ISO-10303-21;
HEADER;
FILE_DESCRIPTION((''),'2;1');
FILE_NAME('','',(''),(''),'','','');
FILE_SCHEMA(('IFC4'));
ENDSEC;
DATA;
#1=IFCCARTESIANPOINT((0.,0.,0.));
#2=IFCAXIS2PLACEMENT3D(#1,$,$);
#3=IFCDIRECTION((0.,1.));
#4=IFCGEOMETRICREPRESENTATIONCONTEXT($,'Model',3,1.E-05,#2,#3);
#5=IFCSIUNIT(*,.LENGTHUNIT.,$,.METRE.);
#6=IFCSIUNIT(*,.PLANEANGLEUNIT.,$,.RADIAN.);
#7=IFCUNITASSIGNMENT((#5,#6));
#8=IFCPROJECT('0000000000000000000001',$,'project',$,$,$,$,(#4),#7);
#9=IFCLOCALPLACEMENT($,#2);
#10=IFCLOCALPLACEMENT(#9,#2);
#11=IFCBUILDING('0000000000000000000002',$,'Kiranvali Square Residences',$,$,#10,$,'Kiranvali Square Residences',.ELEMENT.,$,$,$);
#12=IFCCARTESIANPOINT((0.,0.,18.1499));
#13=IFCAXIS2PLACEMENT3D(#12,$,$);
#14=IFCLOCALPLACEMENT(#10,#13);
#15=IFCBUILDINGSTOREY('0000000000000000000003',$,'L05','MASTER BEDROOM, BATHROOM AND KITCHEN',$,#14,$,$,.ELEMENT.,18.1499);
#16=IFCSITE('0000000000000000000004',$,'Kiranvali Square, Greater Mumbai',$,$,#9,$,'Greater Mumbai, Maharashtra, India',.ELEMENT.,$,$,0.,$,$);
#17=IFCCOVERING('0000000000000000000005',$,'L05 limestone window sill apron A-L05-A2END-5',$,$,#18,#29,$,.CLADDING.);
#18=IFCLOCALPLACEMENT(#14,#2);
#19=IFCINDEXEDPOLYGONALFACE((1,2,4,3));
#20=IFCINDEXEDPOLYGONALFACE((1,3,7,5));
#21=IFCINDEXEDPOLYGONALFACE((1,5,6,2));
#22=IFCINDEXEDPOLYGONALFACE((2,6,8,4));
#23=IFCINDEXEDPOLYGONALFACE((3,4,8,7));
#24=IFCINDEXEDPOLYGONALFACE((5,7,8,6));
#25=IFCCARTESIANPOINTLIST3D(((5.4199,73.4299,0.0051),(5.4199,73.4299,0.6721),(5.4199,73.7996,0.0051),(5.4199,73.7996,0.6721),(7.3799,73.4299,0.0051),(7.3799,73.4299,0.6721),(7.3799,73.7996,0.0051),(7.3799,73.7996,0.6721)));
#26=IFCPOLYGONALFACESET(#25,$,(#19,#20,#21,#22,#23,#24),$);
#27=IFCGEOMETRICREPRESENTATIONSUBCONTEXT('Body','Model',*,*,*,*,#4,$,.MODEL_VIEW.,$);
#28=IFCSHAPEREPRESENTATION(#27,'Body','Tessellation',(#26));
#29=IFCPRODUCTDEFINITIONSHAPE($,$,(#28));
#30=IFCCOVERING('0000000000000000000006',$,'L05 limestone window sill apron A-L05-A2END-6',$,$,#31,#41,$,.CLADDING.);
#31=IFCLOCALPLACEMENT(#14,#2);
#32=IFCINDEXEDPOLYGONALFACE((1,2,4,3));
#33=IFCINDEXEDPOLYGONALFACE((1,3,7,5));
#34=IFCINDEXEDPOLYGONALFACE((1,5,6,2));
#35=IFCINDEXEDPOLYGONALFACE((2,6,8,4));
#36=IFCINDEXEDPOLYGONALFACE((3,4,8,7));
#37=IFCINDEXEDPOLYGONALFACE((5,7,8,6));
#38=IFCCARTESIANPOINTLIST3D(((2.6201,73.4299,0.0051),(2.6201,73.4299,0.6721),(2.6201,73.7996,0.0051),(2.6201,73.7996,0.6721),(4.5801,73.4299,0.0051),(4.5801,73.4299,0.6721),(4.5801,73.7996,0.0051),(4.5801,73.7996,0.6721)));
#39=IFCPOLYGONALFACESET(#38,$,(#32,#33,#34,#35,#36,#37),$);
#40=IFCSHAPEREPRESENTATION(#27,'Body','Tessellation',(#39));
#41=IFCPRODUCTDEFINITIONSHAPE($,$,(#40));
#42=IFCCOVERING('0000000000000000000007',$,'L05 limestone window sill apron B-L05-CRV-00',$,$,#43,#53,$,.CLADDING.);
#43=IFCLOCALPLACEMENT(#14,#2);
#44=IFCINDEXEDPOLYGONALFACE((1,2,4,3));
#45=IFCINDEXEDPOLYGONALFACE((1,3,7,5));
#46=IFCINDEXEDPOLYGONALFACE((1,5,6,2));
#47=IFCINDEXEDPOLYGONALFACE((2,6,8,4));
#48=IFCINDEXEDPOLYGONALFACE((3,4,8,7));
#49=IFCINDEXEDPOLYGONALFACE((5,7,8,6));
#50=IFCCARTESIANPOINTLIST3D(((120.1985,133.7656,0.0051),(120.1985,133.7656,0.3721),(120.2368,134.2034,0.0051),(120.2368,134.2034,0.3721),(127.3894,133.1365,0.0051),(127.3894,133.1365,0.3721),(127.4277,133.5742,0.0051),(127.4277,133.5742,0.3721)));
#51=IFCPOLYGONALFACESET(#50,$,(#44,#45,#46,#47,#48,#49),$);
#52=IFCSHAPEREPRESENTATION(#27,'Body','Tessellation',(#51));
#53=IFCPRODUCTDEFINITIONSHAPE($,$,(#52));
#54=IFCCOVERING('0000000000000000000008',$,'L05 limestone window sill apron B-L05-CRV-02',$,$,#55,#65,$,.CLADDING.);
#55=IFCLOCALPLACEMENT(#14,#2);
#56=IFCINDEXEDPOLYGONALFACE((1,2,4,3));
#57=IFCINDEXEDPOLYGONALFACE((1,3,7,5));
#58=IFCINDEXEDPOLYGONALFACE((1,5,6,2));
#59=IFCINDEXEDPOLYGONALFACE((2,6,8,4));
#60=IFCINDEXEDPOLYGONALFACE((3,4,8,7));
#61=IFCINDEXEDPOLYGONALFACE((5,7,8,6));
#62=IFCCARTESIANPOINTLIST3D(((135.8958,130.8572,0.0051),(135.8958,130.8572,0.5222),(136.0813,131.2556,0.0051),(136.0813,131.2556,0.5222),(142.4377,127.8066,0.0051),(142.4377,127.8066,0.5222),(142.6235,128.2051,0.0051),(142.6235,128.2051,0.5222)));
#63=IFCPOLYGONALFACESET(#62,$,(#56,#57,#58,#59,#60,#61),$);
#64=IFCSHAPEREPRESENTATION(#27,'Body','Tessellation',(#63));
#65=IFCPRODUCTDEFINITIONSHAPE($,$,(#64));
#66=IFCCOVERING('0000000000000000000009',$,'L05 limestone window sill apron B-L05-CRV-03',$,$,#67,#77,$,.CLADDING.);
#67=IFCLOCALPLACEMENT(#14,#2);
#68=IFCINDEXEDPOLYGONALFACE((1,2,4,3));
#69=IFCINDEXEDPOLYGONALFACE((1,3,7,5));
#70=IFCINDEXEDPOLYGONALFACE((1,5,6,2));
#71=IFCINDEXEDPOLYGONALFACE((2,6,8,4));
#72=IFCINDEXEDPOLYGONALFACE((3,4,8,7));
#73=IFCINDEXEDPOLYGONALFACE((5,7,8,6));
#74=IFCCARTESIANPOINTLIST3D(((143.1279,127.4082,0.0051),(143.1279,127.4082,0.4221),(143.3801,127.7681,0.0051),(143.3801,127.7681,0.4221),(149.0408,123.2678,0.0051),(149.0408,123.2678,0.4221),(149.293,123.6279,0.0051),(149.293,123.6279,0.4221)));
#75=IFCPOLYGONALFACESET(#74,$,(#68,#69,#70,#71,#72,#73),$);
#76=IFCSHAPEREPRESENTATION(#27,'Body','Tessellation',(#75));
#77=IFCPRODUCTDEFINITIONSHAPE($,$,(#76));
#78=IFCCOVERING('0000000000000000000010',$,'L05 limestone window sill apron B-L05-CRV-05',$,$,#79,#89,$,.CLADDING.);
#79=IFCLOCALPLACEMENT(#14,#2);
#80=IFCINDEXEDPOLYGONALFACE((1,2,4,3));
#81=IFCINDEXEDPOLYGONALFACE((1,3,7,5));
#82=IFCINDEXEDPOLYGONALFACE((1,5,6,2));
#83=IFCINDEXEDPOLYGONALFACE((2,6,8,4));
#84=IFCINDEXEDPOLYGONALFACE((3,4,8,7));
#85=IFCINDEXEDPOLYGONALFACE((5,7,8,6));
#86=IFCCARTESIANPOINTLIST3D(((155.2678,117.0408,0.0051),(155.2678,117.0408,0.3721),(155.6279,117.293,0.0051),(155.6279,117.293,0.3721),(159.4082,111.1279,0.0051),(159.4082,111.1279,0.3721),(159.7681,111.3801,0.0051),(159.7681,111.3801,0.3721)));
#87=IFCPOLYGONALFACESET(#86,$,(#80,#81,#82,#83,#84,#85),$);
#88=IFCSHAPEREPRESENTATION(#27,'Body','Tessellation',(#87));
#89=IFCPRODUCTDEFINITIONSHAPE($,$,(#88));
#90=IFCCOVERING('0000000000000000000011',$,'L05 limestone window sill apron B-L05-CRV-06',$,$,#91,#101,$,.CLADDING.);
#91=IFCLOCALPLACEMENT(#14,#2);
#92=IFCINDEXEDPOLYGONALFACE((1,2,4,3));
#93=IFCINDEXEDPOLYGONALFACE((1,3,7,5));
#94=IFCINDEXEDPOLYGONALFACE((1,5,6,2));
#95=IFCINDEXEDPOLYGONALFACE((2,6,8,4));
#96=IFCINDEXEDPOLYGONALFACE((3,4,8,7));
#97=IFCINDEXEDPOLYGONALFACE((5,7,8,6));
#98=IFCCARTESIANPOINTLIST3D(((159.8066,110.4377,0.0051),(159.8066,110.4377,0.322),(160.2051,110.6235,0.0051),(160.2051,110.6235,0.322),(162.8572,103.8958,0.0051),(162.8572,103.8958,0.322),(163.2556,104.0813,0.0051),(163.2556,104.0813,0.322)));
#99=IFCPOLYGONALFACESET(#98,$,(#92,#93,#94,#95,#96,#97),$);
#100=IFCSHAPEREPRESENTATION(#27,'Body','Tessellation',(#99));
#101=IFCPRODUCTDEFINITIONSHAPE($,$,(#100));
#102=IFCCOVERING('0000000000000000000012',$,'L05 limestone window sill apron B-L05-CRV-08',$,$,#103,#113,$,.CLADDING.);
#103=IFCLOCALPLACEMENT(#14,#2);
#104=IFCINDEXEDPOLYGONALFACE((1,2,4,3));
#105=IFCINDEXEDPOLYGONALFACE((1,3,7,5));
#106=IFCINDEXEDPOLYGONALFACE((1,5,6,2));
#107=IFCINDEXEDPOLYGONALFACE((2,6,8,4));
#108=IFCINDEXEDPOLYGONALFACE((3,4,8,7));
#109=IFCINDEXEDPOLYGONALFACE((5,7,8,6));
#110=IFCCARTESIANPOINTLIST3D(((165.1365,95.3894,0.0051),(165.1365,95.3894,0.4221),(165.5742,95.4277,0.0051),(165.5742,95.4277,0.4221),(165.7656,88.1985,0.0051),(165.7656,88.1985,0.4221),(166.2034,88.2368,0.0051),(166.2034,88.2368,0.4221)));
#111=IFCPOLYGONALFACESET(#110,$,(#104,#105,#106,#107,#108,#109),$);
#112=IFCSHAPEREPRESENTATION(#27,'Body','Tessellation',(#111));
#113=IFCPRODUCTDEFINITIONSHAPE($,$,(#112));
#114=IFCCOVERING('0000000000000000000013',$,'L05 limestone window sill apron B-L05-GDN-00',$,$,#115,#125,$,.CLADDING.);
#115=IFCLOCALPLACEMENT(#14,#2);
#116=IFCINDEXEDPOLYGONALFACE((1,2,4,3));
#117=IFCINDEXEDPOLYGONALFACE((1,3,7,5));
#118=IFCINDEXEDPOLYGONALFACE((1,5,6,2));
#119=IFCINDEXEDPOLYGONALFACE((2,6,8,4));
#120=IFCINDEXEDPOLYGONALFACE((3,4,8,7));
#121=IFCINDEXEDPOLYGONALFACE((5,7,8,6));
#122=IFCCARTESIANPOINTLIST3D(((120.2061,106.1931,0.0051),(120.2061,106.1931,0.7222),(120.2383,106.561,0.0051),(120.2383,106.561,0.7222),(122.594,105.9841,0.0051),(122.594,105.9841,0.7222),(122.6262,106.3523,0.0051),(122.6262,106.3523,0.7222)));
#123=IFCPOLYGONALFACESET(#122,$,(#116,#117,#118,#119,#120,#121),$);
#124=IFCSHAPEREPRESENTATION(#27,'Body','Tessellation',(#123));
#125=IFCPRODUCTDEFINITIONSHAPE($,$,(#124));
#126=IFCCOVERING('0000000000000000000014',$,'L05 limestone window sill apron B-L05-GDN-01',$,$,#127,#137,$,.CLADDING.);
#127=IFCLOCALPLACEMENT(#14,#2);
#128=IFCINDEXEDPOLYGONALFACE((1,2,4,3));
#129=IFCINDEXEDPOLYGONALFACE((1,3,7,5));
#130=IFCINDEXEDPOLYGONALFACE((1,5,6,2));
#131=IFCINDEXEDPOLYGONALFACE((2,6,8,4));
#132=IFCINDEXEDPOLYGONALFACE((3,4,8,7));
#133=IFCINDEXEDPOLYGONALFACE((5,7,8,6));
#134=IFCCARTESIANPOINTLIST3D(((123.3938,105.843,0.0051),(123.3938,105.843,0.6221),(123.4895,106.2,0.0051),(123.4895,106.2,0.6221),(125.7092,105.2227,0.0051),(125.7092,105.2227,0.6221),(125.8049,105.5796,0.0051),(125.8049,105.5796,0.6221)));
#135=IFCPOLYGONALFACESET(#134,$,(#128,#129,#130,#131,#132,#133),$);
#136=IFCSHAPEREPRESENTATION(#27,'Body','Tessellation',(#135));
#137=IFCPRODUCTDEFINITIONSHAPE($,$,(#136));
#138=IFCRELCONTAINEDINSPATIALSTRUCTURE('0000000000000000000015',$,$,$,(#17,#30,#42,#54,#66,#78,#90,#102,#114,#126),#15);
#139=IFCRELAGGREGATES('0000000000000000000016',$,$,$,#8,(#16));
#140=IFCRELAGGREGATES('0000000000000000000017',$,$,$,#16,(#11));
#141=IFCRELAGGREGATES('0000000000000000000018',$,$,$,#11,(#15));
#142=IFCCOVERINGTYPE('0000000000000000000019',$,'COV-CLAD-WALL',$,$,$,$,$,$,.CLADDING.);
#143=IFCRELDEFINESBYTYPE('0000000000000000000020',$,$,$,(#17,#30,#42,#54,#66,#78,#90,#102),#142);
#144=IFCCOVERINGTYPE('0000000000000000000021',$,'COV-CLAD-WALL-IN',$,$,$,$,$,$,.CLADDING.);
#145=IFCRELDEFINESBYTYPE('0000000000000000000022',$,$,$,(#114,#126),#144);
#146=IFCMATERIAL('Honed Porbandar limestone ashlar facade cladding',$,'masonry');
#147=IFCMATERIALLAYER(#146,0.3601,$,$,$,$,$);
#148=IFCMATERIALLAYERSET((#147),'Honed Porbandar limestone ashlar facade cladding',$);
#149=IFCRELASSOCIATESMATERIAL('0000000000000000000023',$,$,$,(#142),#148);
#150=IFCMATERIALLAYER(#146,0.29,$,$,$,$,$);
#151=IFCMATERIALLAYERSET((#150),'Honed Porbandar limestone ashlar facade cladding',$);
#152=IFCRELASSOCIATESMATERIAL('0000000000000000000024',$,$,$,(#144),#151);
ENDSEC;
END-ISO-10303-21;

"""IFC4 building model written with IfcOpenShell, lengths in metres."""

from ifc_helpers import new_model, si_unit, direction, frame, origin, place, context, subcontext, project, spatial, polyline, outline, extrude, material, layer, layer_set, type_object, element, save


model = new_model("IFC4")

# Units and contexts
model_context = context("Model", 3, precision=1e-05, world=origin(), true_north=direction((0.0, 1.0)))
body_context = subcontext(model_context, "Body", "Model", "MODEL_VIEW")
ifc_project = project(units=[si_unit("LENGTHUNIT", "METRE"), si_unit("PLANEANGLEUNIT", "RADIAN")], contexts=[model_context])

# Site, building, storey
site_placement = place(None, origin())
site = spatial("IfcSite", under=ifc_project, at=site_placement, Name="Kiranvali Square, Greater Mumbai", LongName="Greater Mumbai, Maharashtra, India", CompositionType="ELEMENT", RefElevation=0.0)
building_placement = place(site_placement, origin())
building = spatial("IfcBuilding", under=site, at=building_placement, Name="Kiranvali Square Residences", LongName="Kiranvali Square Residences", CompositionType="ELEMENT")
storey_placement = place(building_placement, frame((0.0, 0.0, 18.1499)))
storey = spatial("IfcBuildingStorey", under=building, at=storey_placement, Name="L05", Description="MASTER BEDROOM, BATHROOM AND KITCHEN", CompositionType="ELEMENT", Elevation=18.1499)

# Coverings
ifc_material = material(Name="Honed Porbandar limestone ashlar facade cladding", Category="masonry")
ifc_layer_1 = layer(ifc_material, 0.3601)
ifc_layer_set_1 = layer_set([ifc_layer_1], Name="Honed Porbandar limestone ashlar facade cladding")
covering_type_1 = type_object("IfcCoveringType", Name="COV-CLAD-WALL", PredefinedType="CLADDING", material=ifc_layer_set_1)
covering_1_placement = place(storey_placement, frame((0.0, 0.0, 0.0051)))
element("IfcCovering", 1, at=covering_1_placement, inside=storey, type_object=covering_type_1, Name="L05 limestone window sill apron A-L05-A2END-5", PredefinedType="CLADDING", context=body_context, shape_type="SweptSolid", body=[
    extrude(outline(polyline([(7.3799, 73.7996), (5.4199, 73.7996), (5.4199, 73.4299), (7.3799, 73.4299), (7.3799, 73.7996)])), origin(), (0.0, 0.0, 1.0), 0.667),
])
covering_2_placement = place(storey_placement, frame((0.0, 0.0, 0.0051)))
element("IfcCovering", 2, at=covering_2_placement, inside=storey, type_object=covering_type_1, Name="L05 limestone window sill apron A-L05-A2END-6", PredefinedType="CLADDING", context=body_context, shape_type="SweptSolid", body=[
    extrude(outline(polyline([(4.5801, 73.7996), (2.6201, 73.7996), (2.6201, 73.4299), (4.5801, 73.4299), (4.5801, 73.7996)])), origin(), (0.0, 0.0, 1.0), 0.667),
])
covering_3_placement = place(storey_placement, frame((0.0, 0.0, 0.0051)))
element("IfcCovering", 3, at=covering_3_placement, inside=storey, type_object=covering_type_1, Name="L05 limestone window sill apron B-L05-CRV-00", PredefinedType="CLADDING", context=body_context, shape_type="SweptSolid", body=[
    extrude(outline(polyline([(120.1985, 133.7656), (127.3894, 133.1365), (127.4277, 133.5742), (120.2368, 134.2034), (120.1985, 133.7656)])), origin(), (0.0, 0.0, 1.0), 0.3669),
])
covering_4_placement = place(storey_placement, frame((0.0, 0.0, 0.0051)))
element("IfcCovering", 4, at=covering_4_placement, inside=storey, type_object=covering_type_1, Name="L05 limestone window sill apron B-L05-CRV-02", PredefinedType="CLADDING", context=body_context, shape_type="SweptSolid", body=[
    extrude(outline(polyline([(135.8958, 130.8572), (142.4377, 127.8066), (142.6235, 128.2051), (136.0813, 131.2556), (135.8958, 130.8572)])), origin(), (0.0, 0.0, 1.0), 0.5171),
])
covering_5_placement = place(storey_placement, frame((0.0, 0.0, 0.0051)))
element("IfcCovering", 5, at=covering_5_placement, inside=storey, type_object=covering_type_1, Name="L05 limestone window sill apron B-L05-CRV-03", PredefinedType="CLADDING", context=body_context, shape_type="SweptSolid", body=[
    extrude(outline(polyline([(143.1279, 127.4082), (149.0408, 123.2678), (149.293, 123.6279), (143.3801, 127.7681), (143.1279, 127.4082)])), origin(), (0.0, 0.0, 1.0), 0.417),
])
covering_6_placement = place(storey_placement, frame((0.0, 0.0, 0.0051)))
element("IfcCovering", 6, at=covering_6_placement, inside=storey, type_object=covering_type_1, Name="L05 limestone window sill apron B-L05-CRV-05", PredefinedType="CLADDING", context=body_context, shape_type="SweptSolid", body=[
    extrude(outline(polyline([(155.2678, 117.0408), (159.4082, 111.1279), (159.7681, 111.3801), (155.6279, 117.293), (155.2678, 117.0408)])), origin(), (0.0, 0.0, 1.0), 0.3669),
])
covering_7_placement = place(storey_placement, frame((0.0, 0.0, 0.0051)))
element("IfcCovering", 7, at=covering_7_placement, inside=storey, type_object=covering_type_1, Name="L05 limestone window sill apron B-L05-CRV-06", PredefinedType="CLADDING", context=body_context, shape_type="SweptSolid", body=[
    extrude(outline(polyline([(159.8066, 110.4377), (162.8572, 103.8958), (163.2556, 104.0813), (160.2051, 110.6235), (159.8066, 110.4377)])), origin(), (0.0, 0.0, 1.0), 0.3169),
])
covering_8_placement = place(storey_placement, frame((0.0, 0.0, 0.0051)))
element("IfcCovering", 8, at=covering_8_placement, inside=storey, type_object=covering_type_1, Name="L05 limestone window sill apron B-L05-CRV-08", PredefinedType="CLADDING", context=body_context, shape_type="SweptSolid", body=[
    extrude(outline(polyline([(165.1365, 95.3894), (165.7656, 88.1985), (166.2034, 88.2368), (165.5742, 95.4277), (165.1365, 95.3894)])), origin(), (0.0, 0.0, 1.0), 0.417),
])
ifc_layer_2 = layer(ifc_material, 0.29)
ifc_layer_set_2 = layer_set([ifc_layer_2], Name="Honed Porbandar limestone ashlar facade cladding")
covering_type_2 = type_object("IfcCoveringType", Name="COV-CLAD-WALL-IN", PredefinedType="CLADDING", material=ifc_layer_set_2)
covering_9_placement = place(storey_placement, frame((0.0, 0.0, 0.0051)))
element("IfcCovering", 9, at=covering_9_placement, inside=storey, type_object=covering_type_2, Name="L05 limestone window sill apron B-L05-GDN-00", PredefinedType="CLADDING", context=body_context, shape_type="SweptSolid", body=[
    extrude(outline(polyline([(120.2061, 106.1931), (122.594, 105.9841), (122.6262, 106.3523), (120.2383, 106.561), (120.2061, 106.1931)])), origin(), (0.0, 0.0, 1.0), 0.717),
])
covering_10_placement = place(storey_placement, frame((0.0, 0.0, 0.0051)))
element("IfcCovering", 10, at=covering_10_placement, inside=storey, type_object=covering_type_2, Name="L05 limestone window sill apron B-L05-GDN-01", PredefinedType="CLADDING", context=body_context, shape_type="SweptSolid", body=[
    extrude(outline(polyline([(123.3938, 105.843), (125.7092, 105.2227), (125.8049, 105.5796), (123.4895, 106.2), (123.3938, 105.843)])), origin(), (0.0, 0.0, 1.0), 0.6169),
])

save(model, "model.ifc")
